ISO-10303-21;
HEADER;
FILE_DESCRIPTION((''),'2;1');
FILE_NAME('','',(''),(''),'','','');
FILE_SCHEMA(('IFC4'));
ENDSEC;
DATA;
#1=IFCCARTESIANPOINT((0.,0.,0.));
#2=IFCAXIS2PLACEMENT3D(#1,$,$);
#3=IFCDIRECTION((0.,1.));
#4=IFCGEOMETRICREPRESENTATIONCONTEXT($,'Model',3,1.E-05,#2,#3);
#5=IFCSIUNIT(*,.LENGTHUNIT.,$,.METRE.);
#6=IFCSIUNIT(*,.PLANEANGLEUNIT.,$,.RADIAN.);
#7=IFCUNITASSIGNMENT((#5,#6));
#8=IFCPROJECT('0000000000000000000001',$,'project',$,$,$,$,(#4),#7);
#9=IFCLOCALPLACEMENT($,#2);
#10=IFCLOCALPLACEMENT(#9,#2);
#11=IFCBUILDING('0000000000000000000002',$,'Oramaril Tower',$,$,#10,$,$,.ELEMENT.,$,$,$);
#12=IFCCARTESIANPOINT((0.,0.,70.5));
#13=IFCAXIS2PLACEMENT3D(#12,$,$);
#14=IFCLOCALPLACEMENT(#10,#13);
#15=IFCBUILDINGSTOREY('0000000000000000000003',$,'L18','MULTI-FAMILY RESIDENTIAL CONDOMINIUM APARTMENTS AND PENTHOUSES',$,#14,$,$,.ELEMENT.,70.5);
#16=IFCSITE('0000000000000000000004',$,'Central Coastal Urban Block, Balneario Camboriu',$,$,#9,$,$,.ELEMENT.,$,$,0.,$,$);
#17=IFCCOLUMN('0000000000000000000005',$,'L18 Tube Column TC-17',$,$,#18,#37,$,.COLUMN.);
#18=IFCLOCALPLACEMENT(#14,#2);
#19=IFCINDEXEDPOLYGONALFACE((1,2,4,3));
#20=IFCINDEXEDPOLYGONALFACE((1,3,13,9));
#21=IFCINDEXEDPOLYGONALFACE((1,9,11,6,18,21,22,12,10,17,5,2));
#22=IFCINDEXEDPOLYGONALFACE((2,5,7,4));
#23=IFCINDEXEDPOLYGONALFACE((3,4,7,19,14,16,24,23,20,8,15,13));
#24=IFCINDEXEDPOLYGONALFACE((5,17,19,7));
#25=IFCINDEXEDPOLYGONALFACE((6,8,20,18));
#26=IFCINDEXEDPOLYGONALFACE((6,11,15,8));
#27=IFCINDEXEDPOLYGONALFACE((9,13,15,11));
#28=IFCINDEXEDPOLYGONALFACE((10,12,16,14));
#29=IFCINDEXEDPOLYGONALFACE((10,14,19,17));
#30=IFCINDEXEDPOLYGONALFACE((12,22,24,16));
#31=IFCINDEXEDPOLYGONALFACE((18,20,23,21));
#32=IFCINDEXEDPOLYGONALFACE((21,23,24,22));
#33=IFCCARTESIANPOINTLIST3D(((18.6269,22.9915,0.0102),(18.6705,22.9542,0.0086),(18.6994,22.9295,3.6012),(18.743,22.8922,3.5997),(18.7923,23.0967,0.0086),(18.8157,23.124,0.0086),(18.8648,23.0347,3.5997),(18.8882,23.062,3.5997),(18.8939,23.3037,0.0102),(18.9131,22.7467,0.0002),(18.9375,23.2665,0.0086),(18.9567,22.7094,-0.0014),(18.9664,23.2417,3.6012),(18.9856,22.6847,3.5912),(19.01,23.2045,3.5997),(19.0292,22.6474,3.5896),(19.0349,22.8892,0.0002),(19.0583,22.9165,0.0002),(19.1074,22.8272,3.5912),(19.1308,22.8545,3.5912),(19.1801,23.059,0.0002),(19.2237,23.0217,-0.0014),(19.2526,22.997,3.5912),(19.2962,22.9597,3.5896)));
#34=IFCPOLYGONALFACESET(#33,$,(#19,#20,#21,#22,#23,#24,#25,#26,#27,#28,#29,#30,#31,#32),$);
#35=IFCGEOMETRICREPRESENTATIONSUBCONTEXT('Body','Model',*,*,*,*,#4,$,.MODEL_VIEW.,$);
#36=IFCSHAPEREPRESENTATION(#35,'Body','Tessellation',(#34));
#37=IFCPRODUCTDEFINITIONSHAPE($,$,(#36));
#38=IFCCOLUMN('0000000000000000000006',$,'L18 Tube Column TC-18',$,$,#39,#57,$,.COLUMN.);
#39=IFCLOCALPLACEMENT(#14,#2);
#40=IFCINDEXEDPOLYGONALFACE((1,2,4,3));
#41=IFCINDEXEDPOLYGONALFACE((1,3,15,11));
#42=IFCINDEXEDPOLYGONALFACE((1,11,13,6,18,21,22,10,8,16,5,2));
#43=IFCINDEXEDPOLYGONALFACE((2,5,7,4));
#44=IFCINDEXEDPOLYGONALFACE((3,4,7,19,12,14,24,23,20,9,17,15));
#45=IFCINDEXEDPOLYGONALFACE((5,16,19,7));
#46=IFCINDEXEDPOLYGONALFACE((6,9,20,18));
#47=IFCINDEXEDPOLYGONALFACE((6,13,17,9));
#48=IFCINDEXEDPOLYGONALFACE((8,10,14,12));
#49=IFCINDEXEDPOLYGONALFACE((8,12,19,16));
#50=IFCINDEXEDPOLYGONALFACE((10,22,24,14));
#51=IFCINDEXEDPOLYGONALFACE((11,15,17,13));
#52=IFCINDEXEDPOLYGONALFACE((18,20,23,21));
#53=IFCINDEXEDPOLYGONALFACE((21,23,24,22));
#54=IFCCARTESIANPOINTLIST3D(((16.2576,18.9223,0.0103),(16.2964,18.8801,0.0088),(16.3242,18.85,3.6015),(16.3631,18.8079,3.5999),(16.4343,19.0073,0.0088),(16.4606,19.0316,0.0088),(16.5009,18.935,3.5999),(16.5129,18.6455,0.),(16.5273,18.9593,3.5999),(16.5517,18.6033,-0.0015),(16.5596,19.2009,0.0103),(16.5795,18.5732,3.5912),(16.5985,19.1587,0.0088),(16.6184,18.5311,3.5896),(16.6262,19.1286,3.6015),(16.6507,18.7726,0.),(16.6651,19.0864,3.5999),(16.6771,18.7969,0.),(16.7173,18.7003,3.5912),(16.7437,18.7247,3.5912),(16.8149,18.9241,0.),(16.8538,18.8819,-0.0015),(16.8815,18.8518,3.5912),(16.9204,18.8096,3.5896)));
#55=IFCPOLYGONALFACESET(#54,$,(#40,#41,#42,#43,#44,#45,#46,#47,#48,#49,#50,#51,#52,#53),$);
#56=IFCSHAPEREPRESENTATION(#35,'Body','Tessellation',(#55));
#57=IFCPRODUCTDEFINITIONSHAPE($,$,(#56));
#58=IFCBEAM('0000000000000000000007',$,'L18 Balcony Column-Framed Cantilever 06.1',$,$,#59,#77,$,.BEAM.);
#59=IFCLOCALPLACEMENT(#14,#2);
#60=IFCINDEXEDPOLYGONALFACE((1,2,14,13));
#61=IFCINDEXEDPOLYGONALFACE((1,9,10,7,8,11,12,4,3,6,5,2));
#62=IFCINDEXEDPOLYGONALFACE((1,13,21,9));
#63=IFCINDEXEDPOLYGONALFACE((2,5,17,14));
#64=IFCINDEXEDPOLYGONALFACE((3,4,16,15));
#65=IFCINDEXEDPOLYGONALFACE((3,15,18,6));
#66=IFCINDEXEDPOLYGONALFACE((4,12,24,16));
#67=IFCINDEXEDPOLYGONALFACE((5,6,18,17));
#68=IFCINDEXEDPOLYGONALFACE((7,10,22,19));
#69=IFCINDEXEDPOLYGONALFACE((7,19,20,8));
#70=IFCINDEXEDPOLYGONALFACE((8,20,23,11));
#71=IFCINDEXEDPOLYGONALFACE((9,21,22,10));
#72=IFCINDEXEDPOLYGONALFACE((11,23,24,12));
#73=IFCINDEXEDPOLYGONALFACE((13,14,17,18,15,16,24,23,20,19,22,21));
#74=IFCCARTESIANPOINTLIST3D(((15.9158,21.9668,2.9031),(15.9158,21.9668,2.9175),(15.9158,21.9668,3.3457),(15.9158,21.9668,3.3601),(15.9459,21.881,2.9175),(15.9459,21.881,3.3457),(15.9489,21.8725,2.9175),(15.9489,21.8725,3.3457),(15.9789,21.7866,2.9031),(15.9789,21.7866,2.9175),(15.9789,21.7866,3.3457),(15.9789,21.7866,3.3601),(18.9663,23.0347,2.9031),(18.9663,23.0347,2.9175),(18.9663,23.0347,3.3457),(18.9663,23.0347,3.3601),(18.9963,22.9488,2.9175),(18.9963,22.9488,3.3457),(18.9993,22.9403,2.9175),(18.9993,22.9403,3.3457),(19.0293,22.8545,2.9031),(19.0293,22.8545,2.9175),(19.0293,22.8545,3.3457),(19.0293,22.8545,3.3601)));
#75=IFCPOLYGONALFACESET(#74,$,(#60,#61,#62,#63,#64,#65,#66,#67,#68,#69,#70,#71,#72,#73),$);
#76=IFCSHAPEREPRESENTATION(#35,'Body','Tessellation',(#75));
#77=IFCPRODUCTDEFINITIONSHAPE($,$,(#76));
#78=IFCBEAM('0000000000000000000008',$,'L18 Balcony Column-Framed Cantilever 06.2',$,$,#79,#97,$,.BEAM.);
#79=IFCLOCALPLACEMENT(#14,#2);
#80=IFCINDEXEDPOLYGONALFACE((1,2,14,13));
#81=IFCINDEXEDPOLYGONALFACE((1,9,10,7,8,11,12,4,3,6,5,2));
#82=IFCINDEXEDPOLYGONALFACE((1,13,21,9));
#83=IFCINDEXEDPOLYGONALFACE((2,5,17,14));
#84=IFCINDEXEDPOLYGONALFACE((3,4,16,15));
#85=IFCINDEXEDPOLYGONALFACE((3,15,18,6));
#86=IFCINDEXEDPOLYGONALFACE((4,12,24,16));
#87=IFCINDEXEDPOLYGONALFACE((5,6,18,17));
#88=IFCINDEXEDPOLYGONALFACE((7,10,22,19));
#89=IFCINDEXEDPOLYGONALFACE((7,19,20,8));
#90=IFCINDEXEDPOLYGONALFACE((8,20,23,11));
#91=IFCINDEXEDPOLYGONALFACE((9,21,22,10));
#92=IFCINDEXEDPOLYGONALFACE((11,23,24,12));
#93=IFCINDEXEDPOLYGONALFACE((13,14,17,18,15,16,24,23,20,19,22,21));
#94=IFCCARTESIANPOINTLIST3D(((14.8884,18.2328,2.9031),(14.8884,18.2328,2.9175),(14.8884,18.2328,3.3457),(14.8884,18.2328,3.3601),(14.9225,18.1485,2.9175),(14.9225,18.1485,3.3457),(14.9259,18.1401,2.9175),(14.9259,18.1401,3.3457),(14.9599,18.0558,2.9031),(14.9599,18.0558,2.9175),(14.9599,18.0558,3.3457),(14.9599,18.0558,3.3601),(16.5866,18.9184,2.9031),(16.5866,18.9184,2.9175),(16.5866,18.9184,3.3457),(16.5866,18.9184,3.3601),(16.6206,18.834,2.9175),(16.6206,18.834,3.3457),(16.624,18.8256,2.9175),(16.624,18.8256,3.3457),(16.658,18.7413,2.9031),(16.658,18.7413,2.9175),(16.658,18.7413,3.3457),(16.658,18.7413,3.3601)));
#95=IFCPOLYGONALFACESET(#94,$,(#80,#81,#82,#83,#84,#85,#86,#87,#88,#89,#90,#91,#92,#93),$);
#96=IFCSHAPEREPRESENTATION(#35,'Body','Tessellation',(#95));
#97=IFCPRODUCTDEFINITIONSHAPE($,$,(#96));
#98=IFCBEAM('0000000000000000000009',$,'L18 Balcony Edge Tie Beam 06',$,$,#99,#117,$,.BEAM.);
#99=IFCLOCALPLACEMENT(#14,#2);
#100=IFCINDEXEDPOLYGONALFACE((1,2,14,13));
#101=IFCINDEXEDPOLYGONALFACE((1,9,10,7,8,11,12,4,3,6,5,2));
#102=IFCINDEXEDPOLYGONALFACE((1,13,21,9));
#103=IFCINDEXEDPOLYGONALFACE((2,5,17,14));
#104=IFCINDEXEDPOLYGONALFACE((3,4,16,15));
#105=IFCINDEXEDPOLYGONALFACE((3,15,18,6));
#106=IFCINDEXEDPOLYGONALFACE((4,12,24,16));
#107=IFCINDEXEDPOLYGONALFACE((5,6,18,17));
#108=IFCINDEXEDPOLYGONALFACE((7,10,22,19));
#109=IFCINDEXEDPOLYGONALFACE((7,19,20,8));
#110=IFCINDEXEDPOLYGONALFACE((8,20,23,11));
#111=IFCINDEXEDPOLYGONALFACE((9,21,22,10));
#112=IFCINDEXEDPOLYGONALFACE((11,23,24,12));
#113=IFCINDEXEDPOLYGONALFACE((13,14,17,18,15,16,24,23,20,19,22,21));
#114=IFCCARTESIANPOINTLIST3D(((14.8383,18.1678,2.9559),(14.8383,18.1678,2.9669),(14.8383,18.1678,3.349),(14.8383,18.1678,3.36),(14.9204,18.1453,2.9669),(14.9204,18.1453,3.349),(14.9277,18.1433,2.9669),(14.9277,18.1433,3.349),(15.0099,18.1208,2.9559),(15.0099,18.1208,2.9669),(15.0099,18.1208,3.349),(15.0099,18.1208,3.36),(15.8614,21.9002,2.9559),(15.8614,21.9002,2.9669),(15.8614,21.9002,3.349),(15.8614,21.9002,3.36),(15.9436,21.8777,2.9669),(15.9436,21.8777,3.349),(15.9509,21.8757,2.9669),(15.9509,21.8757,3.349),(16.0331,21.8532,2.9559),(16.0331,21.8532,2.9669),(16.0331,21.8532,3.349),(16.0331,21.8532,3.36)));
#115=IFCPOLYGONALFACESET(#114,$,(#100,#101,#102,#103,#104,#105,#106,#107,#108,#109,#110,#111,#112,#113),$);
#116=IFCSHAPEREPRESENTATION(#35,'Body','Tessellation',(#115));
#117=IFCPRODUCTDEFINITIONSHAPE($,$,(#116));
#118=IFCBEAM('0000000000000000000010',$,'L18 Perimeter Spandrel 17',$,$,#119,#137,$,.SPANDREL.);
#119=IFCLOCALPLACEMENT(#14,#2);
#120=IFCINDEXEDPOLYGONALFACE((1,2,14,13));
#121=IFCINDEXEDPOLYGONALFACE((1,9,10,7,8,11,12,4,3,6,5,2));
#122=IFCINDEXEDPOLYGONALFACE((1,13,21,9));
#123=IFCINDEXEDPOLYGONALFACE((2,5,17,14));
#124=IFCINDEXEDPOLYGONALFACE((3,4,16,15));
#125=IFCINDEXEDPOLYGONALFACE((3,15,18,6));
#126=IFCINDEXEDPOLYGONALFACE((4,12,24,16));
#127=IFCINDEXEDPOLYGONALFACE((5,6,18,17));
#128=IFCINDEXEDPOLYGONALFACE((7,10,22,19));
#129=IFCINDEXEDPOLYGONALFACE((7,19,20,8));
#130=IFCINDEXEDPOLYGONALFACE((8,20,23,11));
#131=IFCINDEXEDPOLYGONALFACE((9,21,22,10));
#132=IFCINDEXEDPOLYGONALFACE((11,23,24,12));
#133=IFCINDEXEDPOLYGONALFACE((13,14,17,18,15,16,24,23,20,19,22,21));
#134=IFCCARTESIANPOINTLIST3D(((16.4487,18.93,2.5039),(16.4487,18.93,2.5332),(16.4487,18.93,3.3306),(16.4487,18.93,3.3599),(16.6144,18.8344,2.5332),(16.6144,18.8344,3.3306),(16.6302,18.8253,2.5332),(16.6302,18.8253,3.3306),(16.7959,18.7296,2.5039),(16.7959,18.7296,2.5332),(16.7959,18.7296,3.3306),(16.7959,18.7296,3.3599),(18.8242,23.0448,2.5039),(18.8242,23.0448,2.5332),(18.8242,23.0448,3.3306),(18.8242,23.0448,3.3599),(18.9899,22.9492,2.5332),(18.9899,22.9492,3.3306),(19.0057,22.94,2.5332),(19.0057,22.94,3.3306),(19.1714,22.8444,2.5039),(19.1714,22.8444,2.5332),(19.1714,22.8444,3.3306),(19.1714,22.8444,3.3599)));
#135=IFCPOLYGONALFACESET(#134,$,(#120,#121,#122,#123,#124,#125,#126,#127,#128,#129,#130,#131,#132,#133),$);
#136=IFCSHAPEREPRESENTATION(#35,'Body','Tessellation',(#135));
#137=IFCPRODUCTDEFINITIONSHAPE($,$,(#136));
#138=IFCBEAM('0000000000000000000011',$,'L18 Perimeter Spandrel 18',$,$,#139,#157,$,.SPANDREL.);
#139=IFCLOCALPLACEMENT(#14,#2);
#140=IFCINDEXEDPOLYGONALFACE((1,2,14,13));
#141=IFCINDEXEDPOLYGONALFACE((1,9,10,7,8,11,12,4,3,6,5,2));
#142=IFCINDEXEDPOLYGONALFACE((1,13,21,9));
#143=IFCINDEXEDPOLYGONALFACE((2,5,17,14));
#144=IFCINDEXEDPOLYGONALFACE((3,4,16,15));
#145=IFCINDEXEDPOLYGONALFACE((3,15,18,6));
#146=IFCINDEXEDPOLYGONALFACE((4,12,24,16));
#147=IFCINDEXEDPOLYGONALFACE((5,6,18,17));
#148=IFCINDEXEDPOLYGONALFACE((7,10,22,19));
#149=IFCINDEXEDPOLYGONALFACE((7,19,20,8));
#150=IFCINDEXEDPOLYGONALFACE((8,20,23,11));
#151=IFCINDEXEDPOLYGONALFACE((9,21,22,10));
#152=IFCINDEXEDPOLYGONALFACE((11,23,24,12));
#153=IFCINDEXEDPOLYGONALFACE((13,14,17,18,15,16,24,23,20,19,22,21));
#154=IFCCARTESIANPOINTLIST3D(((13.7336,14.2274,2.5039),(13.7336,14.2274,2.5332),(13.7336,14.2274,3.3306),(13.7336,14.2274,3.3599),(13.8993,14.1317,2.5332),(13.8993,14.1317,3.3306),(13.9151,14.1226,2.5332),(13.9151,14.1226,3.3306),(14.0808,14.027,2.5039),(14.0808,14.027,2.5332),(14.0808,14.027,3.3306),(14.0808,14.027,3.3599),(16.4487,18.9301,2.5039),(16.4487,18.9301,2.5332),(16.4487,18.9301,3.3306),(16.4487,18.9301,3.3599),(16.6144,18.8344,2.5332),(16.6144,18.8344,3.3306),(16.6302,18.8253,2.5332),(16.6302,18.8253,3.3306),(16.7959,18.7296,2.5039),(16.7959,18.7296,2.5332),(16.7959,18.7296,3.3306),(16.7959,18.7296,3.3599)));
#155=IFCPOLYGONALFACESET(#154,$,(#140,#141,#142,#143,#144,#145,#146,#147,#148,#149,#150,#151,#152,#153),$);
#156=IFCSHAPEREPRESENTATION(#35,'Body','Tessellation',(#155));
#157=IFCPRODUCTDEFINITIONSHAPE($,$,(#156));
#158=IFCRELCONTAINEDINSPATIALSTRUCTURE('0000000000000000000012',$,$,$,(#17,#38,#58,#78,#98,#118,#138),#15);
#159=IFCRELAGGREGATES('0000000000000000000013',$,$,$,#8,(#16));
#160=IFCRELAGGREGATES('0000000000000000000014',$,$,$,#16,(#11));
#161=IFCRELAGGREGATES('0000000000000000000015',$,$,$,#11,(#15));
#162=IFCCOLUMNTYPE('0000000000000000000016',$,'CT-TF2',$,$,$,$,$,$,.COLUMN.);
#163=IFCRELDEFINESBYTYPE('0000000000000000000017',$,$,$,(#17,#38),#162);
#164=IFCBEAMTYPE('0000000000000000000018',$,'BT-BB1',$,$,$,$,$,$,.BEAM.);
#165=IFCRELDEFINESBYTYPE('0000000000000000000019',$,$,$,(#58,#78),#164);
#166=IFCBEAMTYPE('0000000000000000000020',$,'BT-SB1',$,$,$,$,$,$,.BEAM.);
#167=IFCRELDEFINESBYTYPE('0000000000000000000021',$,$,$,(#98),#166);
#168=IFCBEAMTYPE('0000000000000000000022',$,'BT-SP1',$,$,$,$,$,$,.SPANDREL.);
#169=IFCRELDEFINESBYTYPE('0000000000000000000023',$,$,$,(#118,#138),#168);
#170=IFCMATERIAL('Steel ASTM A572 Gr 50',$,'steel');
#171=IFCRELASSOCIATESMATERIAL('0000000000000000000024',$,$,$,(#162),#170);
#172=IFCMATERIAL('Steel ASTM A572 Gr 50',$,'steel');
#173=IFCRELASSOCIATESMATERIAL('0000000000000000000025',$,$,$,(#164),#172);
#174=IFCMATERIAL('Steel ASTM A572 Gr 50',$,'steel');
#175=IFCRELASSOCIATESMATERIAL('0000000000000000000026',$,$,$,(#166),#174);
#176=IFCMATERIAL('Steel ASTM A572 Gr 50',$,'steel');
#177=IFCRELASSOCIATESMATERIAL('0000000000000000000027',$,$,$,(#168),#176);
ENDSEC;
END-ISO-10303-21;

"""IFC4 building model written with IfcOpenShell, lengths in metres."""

from ifc_helpers import new_model, si_unit, direction, frame, origin, origin_2d, place, context, subcontext, project, spatial, i_section, extrude, material, material_profile, profile_set, type_object, element, save


model = new_model("IFC4")

# Units and contexts
model_context = context("Model", 3, precision=1e-05, world=origin(), true_north=direction((0.0, 1.0)))
body_context = subcontext(model_context, "Body", "Model", "MODEL_VIEW")
ifc_project = project(units=[si_unit("LENGTHUNIT", "METRE"), si_unit("PLANEANGLEUNIT", "RADIAN")], contexts=[model_context])

# Site, building, storey
site_placement = place(None, origin())
site = spatial("IfcSite", under=ifc_project, at=site_placement, Name="Central Coastal Urban Block, Balneario Camboriu", CompositionType="ELEMENT", RefElevation=0.0)
building_placement = place(site_placement, origin())
building = spatial("IfcBuilding", under=site, at=building_placement, Name="Oramaril Tower", CompositionType="ELEMENT")
storey_placement = place(building_placement, frame((0.0, 0.0, 70.5)))
storey = spatial("IfcBuildingStorey", under=building, at=storey_placement, Name="L18", Description="MULTI-FAMILY RESIDENTIAL CONDOMINIUM APARTMENTS AND PENTHOUSES", CompositionType="ELEMENT", Elevation=70.5)

# Columns
ifc_material_1 = material(Name="Steel ASTM A572 Gr 50", Category="steel")
ifc_material_profile_1 = material_profile(ifc_material_1, i_section(OverallWidth=0.4109, OverallDepth=0.4341, WebThickness=0.0359, FlangeThickness=0.0574, at=origin_2d()), Name="W14X311")
ifc_profile_set_1 = profile_set([ifc_material_profile_1], Name="Steel ASTM A572 Gr 50")
column_type = type_object("IfcColumnType", Name="CT-TF2", PredefinedType="COLUMN", material=ifc_profile_set_1)
column_1_placement = place(storey_placement, frame((18.9253, 23.0066, 0.0044), z_axis=(0.020185, -0.017262, 0.999647), x_axis=(0.649948, 0.759979, 0.0)))
element("IfcColumn", 1, at=column_1_placement, inside=storey, type_object=column_type, Name="L18 Tube Column TC-17", PredefinedType="COLUMN", context=body_context, shape_type="SweptSolid", body=[
    extrude(i_section(OverallWidth=0.4109, OverallDepth=0.4341, WebThickness=0.0359, FlangeThickness=0.0574, at=origin_2d()), origin(), (0.0, 0.0, 1.0), 3.5923),
])
column_2_placement = place(storey_placement, frame((16.5557, 18.9021, 0.0044), z_axis=(0.018553, -0.020116, 0.999625), x_axis=(0.735089, 0.677971, 0.0)))
element("IfcColumn", 2, at=column_2_placement, inside=storey, type_object=column_type, Name="L18 Tube Column TC-18", PredefinedType="COLUMN", context=body_context, shape_type="SweptSolid", body=[
    extrude(i_section(OverallWidth=0.4109, OverallDepth=0.4341, WebThickness=0.0359, FlangeThickness=0.0574, at=origin_2d()), origin(), (0.0, 0.0, 1.0), 3.5925),
])

# Beams
ifc_material_2 = material(Name="Steel ASTM A572 Gr 50", Category="steel")
ifc_material_profile_2 = material_profile(ifc_material_2, i_section(OverallWidth=0.1909, OverallDepth=0.457, WebThickness=0.009, FlangeThickness=0.0144, at=origin_2d()), Name="W18X50")
ifc_profile_set_2 = profile_set([ifc_material_profile_2], Name="Steel ASTM A572 Gr 50")
beam_type_1 = type_object("IfcBeamType", Name="BT-BB1", PredefinedType="BEAM", material=ifc_profile_set_2)
beam_1_placement = place(storey_placement, frame((18.9978, 22.9446, 3.1316), z_axis=(-0.943841, -0.330401, 0.0), x_axis=(0.330401, -0.943841, 0.0)))
element("IfcBeam", 3, at=beam_1_placement, inside=storey, type_object=beam_type_1, Name="L18 Balcony Column-Framed Cantilever 06.1", PredefinedType="BEAM", context=body_context, shape_type="SweptSolid", body=[
    extrude(i_section(OverallWidth=0.1909, OverallDepth=0.457, WebThickness=0.009, FlangeThickness=0.0144, at=origin_2d()), origin(), (0.0, 0.0, 1.0), 3.2319),
])
beam_2_placement = place(storey_placement, frame((16.6223, 18.8298, 3.1316), z_axis=(-0.927295, -0.374331, 0.0), x_axis=(0.374331, -0.927295, 0.0)))
element("IfcBeam", 4, at=beam_2_placement, inside=storey, type_object=beam_type_1, Name="L18 Balcony Column-Framed Cantilever 06.2", PredefinedType="BEAM", context=body_context, shape_type="SweptSolid", body=[
    extrude(i_section(OverallWidth=0.1909, OverallDepth=0.457, WebThickness=0.009, FlangeThickness=0.0144, at=origin_2d()), origin(), (0.0, 0.0, 1.0), 1.8313),
])
ifc_material_3 = material(Name="Steel ASTM A572 Gr 50", Category="steel")
ifc_material_profile_3 = material_profile(ifc_material_3, i_section(OverallWidth=0.178, OverallDepth=0.4041, WebThickness=0.0076, FlangeThickness=0.011, at=origin_2d()), Name="W16X36")
ifc_profile_set_3 = profile_set([ifc_material_profile_3], Name="Steel ASTM A572 Gr 50")
beam_type_2 = type_object("IfcBeamType", Name="BT-SB1", PredefinedType="BEAM", material=ifc_profile_set_3)
beam_3_placement = place(storey_placement, frame((15.9473, 21.8767, 3.158), z_axis=(-0.264382, -0.964418, 0.0), x_axis=(0.964418, -0.264382, 0.0)))
element("IfcBeam", 5, at=beam_3_placement, inside=storey, type_object=beam_type_2, Name="L18 Balcony Edge Tie Beam 06", PredefinedType="BEAM", context=body_context, shape_type="SweptSolid", body=[
    extrude(i_section(OverallWidth=0.178, OverallDepth=0.4041, WebThickness=0.0076, FlangeThickness=0.011, at=origin_2d()), origin(), (0.0, 0.0, 1.0), 3.8701),
])
ifc_material_4 = material(Name="Steel ASTM A572 Gr 50", Category="steel")
ifc_material_profile_4 = material_profile(ifc_material_4, i_section(OverallWidth=0.4009, OverallDepth=0.856, WebThickness=0.0183, FlangeThickness=0.0293, at=origin_2d()), Name="W33X201")
ifc_profile_set_4 = profile_set([ifc_material_profile_4], Name="Steel ASTM A572 Gr 50")
beam_type_3 = type_object("IfcBeamType", Name="BT-SP1", PredefinedType="SPANDREL", material=ifc_profile_set_4)
beam_4_placement = place(storey_placement, frame((18.9978, 22.9446, 2.9319), z_axis=(-0.499975, -0.86604, 0.0), x_axis=(0.86604, -0.499975, 0.0)))
element("IfcBeam", 6, at=beam_4_placement, inside=storey, type_object=beam_type_3, Name="L18 Perimeter Spandrel 17", PredefinedType="SPANDREL", context=body_context, shape_type="SweptSolid", body=[
    extrude(i_section(OverallWidth=0.4009, OverallDepth=0.856, WebThickness=0.0183, FlangeThickness=0.0293, at=origin_2d()), origin(), (0.0, 0.0, 1.0), 4.7512),
])
beam_5_placement = place(storey_placement, frame((16.6223, 18.8298, 2.9319), z_axis=(-0.500003, -0.866024, 0.0), x_axis=(0.866024, -0.500003, 0.0)))
element("IfcBeam", 7, at=beam_5_placement, inside=storey, type_object=beam_type_3, Name="L18 Perimeter Spandrel 18", PredefinedType="SPANDREL", context=body_context, shape_type="SweptSolid", body=[
    extrude(i_section(OverallWidth=0.4009, OverallDepth=0.856, WebThickness=0.0183, FlangeThickness=0.0293, at=origin_2d()), origin(), (0.0, 0.0, 1.0), 5.4302),
])

save(model, "model.ifc")
